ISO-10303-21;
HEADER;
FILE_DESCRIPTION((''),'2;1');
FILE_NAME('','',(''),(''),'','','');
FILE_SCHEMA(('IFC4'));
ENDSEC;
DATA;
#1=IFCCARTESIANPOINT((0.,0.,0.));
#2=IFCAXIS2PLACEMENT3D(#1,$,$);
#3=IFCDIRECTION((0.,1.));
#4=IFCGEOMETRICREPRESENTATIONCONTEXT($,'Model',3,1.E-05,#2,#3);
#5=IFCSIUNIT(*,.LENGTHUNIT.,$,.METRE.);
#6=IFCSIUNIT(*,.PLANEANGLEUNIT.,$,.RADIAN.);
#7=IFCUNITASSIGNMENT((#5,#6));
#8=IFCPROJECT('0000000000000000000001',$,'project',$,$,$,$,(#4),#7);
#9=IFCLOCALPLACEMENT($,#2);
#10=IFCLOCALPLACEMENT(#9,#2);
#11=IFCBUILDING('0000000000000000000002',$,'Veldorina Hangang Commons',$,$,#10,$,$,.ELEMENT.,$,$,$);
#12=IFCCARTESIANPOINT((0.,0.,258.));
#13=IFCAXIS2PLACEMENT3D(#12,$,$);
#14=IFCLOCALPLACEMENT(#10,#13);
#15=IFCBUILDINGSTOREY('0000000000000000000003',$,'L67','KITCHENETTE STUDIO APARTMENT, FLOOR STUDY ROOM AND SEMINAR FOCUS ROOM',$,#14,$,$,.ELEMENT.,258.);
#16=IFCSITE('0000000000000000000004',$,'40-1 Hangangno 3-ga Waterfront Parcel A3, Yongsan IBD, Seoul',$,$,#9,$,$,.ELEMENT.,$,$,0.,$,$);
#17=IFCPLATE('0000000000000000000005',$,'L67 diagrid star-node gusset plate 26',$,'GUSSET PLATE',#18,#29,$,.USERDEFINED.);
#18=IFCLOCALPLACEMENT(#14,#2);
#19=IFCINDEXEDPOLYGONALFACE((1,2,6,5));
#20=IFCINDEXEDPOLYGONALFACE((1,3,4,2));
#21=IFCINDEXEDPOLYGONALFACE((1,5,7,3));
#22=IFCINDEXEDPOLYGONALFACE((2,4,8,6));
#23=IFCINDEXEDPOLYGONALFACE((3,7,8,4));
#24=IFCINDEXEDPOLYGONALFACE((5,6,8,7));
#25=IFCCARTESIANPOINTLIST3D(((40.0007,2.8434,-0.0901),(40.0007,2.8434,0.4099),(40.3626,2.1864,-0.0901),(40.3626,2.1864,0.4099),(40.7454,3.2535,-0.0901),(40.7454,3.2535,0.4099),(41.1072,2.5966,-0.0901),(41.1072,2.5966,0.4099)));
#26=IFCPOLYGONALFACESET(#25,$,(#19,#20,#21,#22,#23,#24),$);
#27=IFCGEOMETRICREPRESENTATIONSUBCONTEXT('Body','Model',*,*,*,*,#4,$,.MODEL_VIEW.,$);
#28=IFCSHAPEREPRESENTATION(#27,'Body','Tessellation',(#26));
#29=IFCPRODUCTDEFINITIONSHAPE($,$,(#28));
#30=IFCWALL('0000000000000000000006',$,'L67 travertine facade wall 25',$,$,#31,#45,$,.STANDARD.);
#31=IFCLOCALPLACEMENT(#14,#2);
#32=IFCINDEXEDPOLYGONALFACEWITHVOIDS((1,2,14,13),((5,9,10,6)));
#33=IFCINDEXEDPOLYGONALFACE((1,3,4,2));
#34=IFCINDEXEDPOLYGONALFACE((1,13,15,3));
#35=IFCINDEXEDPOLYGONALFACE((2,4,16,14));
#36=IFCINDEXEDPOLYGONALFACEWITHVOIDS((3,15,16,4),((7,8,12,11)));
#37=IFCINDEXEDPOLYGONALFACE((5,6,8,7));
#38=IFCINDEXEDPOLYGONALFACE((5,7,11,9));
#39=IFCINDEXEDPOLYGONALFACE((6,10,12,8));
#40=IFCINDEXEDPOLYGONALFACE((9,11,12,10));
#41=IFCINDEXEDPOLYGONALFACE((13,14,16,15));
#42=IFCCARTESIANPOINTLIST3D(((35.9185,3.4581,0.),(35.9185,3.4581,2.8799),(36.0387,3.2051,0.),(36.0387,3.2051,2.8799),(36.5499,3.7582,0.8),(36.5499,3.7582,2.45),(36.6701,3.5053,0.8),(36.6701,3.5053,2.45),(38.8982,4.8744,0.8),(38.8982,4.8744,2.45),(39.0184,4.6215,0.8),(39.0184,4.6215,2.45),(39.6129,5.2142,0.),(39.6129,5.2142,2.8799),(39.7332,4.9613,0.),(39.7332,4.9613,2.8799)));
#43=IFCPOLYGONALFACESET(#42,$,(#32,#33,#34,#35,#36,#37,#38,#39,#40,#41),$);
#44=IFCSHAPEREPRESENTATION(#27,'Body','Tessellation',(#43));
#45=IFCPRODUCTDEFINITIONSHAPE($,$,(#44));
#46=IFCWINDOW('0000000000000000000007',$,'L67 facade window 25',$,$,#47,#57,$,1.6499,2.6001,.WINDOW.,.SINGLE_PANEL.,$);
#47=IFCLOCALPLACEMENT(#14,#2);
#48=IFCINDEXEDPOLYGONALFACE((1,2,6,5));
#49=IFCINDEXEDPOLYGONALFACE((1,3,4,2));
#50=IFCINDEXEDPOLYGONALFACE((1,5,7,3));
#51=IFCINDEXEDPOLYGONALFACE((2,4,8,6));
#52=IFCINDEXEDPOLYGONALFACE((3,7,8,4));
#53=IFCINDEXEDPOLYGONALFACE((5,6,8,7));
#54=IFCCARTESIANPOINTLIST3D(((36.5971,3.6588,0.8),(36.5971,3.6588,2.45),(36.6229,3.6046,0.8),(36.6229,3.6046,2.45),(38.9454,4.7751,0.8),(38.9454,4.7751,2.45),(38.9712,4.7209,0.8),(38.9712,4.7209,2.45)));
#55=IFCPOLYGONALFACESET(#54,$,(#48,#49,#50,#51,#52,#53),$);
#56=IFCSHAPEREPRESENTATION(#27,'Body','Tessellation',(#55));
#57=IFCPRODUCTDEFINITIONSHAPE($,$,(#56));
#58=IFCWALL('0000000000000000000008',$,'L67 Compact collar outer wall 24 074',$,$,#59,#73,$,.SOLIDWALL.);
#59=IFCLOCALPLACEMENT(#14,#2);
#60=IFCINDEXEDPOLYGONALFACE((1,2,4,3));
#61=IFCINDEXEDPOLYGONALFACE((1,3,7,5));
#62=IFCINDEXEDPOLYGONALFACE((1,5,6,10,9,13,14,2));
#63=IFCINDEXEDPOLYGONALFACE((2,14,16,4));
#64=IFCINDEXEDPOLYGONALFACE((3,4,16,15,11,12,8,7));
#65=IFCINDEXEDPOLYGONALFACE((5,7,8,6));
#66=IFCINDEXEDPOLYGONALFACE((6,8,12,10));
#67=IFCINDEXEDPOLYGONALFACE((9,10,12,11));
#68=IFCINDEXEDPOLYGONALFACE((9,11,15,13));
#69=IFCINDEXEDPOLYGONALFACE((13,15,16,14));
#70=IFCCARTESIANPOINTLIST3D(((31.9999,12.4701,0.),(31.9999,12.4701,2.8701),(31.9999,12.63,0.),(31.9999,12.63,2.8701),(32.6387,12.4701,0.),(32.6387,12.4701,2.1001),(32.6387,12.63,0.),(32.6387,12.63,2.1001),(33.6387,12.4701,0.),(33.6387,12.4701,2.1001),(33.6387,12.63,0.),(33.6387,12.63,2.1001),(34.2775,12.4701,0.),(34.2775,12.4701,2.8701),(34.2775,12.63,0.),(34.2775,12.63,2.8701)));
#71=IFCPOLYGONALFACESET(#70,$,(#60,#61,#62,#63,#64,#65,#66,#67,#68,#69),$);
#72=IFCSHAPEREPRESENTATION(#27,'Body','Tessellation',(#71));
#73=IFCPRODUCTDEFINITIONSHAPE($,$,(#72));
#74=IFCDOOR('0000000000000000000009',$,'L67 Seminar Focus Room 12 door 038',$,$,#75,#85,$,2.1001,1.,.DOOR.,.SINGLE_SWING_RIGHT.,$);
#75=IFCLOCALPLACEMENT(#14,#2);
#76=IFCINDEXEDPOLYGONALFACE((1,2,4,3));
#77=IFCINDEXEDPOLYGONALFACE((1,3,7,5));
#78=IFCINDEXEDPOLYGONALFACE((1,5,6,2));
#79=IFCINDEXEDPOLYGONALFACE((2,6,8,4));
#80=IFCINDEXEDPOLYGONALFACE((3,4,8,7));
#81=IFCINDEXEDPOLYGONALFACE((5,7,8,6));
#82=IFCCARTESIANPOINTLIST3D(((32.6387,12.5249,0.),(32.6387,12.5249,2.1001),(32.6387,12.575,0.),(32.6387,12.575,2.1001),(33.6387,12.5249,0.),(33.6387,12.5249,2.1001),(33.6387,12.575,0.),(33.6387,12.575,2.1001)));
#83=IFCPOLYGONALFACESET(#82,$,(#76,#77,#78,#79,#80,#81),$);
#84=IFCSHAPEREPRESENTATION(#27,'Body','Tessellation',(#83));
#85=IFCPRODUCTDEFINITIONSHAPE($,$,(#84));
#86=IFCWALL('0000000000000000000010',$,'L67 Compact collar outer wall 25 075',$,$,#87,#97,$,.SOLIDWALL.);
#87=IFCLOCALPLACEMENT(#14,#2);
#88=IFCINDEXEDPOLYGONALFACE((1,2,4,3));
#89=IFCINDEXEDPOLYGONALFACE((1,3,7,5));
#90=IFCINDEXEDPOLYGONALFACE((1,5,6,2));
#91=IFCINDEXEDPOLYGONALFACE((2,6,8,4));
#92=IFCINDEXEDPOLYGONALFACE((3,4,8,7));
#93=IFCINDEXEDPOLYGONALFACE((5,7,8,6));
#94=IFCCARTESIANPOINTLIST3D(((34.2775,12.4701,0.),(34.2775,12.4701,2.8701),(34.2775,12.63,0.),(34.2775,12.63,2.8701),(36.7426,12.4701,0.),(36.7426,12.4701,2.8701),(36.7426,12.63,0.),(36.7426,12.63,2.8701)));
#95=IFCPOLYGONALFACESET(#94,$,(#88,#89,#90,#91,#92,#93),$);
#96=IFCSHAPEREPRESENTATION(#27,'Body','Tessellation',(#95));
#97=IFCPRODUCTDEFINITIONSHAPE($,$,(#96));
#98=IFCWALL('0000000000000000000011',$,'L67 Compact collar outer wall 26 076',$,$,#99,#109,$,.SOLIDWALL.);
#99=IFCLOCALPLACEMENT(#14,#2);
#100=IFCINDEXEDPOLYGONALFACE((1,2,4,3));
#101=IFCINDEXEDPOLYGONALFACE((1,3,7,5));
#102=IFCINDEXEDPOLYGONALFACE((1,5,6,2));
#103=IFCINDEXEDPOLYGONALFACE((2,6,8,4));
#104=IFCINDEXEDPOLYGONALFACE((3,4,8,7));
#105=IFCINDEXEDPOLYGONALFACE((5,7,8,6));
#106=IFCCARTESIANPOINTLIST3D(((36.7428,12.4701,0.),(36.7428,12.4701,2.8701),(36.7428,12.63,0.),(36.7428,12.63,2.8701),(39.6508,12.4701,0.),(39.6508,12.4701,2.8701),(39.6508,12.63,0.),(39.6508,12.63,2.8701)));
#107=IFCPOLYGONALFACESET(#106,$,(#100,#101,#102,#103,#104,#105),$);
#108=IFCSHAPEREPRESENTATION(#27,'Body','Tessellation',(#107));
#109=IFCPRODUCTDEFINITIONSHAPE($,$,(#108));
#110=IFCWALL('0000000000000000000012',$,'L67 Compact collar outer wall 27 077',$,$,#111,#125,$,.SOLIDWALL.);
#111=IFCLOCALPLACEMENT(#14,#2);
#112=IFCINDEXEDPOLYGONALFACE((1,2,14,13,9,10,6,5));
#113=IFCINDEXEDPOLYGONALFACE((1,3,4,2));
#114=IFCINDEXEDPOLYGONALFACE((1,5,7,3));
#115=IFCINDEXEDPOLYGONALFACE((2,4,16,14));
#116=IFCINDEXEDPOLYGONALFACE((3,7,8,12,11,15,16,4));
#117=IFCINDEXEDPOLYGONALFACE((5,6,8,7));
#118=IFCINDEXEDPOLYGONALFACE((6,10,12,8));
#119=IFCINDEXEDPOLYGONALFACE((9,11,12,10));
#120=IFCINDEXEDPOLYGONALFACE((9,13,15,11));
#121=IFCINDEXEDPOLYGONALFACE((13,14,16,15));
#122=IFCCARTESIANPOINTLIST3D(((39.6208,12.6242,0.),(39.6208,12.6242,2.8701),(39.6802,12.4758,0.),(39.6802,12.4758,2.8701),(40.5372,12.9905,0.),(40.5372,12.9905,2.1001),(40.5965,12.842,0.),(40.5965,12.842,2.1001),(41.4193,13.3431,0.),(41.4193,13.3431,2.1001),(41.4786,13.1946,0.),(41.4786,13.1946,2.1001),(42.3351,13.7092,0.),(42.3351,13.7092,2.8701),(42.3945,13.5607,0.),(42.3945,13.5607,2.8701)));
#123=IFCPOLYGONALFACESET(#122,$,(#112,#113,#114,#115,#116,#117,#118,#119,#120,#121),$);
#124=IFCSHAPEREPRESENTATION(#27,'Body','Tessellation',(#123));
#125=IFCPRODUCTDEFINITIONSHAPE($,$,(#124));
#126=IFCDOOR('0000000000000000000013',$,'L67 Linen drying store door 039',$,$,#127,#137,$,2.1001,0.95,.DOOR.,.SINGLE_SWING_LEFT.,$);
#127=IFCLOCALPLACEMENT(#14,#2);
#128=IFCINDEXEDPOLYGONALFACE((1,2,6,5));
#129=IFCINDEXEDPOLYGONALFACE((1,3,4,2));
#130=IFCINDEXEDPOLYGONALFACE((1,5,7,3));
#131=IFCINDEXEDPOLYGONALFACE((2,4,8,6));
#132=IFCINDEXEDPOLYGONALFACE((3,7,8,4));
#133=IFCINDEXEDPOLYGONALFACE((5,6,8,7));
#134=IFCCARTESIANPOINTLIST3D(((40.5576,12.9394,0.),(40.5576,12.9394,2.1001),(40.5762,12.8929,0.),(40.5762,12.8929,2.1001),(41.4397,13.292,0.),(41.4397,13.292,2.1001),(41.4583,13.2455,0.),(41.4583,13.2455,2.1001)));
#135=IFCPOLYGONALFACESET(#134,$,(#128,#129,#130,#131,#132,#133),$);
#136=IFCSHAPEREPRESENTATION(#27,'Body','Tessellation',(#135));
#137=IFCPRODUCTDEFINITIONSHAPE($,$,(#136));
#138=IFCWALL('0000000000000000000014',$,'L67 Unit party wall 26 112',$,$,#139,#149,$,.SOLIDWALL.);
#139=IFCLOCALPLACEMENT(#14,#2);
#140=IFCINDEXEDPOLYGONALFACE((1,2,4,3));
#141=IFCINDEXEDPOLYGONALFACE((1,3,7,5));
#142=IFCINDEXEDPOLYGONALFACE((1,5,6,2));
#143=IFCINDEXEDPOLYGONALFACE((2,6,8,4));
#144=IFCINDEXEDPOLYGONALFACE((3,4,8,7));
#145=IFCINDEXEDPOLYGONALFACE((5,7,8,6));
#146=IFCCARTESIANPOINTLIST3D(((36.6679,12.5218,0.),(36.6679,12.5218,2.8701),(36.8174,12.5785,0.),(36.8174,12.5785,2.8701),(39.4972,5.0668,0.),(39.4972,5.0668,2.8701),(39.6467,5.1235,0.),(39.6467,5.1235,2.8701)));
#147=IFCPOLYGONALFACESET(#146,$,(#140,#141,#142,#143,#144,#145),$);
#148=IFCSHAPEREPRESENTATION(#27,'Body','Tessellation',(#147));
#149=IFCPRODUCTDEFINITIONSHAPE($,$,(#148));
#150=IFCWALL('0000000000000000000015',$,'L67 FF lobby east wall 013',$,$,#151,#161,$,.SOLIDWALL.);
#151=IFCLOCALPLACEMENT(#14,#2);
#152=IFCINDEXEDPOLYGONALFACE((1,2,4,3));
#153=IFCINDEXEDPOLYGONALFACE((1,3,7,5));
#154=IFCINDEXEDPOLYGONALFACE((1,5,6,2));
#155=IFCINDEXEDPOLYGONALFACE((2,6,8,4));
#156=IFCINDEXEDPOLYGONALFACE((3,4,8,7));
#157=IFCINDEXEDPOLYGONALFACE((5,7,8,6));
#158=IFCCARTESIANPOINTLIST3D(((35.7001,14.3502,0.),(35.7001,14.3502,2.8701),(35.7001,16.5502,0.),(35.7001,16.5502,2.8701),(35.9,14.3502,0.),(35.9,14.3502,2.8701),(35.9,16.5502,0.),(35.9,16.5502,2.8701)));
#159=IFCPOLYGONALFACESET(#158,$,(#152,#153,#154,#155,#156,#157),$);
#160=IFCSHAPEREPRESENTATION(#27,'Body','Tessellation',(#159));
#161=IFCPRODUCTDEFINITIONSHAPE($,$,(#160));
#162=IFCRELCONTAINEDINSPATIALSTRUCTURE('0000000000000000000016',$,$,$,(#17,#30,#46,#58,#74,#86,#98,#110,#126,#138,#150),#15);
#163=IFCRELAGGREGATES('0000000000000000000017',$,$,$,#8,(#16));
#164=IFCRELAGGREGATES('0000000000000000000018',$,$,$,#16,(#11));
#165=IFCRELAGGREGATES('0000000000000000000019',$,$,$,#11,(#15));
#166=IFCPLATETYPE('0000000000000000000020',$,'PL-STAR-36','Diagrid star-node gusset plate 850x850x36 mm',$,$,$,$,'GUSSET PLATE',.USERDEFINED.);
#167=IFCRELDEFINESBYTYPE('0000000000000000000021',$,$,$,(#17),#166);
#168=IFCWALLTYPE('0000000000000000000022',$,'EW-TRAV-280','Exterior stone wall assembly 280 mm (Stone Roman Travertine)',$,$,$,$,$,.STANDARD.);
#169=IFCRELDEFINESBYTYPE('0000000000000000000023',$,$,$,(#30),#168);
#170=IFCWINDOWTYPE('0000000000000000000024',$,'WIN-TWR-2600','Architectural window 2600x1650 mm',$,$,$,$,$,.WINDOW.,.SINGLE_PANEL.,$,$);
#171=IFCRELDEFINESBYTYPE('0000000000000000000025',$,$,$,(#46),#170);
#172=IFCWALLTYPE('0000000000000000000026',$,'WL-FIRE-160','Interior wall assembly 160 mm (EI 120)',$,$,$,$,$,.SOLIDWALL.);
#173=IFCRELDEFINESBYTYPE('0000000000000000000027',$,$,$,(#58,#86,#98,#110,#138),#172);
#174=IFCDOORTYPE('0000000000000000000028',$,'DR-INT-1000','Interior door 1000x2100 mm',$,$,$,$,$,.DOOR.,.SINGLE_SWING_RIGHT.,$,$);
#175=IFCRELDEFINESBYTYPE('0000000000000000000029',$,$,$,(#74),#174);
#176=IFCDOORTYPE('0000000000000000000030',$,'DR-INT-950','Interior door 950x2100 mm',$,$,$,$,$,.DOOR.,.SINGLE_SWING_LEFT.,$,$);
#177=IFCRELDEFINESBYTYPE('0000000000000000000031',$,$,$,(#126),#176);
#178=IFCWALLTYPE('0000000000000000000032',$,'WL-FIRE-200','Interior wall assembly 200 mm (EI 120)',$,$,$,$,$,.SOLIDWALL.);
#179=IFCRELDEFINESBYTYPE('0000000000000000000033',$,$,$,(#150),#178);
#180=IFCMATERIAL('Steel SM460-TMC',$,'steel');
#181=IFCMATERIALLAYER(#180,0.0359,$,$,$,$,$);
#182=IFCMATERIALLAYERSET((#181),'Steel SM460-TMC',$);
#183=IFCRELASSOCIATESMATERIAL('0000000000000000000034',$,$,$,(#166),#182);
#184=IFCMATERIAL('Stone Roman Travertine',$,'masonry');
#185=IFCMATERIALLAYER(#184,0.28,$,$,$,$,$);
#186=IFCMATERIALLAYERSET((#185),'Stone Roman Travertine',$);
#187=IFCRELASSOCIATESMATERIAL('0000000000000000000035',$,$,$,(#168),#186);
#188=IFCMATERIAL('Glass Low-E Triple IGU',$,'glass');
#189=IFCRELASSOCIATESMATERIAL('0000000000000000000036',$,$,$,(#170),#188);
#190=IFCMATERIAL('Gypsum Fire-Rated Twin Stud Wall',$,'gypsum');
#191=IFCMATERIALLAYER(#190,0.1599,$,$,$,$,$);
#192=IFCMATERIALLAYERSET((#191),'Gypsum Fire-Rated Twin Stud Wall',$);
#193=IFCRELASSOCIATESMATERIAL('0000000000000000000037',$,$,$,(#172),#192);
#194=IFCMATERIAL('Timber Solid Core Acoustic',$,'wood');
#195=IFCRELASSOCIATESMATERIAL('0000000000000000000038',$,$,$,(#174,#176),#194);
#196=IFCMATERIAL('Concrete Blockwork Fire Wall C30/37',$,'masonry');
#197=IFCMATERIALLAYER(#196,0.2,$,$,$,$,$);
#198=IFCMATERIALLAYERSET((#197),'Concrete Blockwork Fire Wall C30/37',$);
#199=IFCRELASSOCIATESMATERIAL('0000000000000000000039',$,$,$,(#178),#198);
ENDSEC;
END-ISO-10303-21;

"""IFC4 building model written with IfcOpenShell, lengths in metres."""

from ifc_helpers import new_model, si_unit, direction, frame, frame_2d, origin, origin_2d, place, context, subcontext, project, spatial, rectangle, extrude, material, layer, layer_set, type_object, element, fill, save


model = new_model("IFC4")

# Units and contexts
model_context = context("Model", 3, precision=1e-05, world=origin(), true_north=direction((0.0, 1.0)))
body_context = subcontext(model_context, "Body", "Model", "MODEL_VIEW")
ifc_project = project(units=[si_unit("LENGTHUNIT", "METRE"), si_unit("PLANEANGLEUNIT", "RADIAN")], contexts=[model_context])

# Site, building, storey
site_placement = place(None, origin())
site = spatial("IfcSite", under=ifc_project, at=site_placement, Name="40-1 Hangangno 3-ga Waterfront Parcel A3, Yongsan IBD, Seoul", CompositionType="ELEMENT", RefElevation=0.0)
building_placement = place(site_placement, origin())
building = spatial("IfcBuilding", under=site, at=building_placement, Name="Veldorina Hangang Commons", CompositionType="ELEMENT")
storey_placement = place(building_placement, frame((0.0, 0.0, 258.0)))
storey = spatial("IfcBuildingStorey", under=building, at=storey_placement, Name="L67", Description="KITCHENETTE STUDIO APARTMENT, FLOOR STUDY ROOM AND SEMINAR FOCUS ROOM", CompositionType="ELEMENT", Elevation=258.0)

# Shared definitions
ifc_material_1 = material(Name="Glass Low-E Triple IGU", Category="glass")

# Plate
ifc_material_2 = material(Name="Steel SM460-TMC", Category="steel")
ifc_layer_1 = layer(ifc_material_2, 0.0359)
ifc_layer_set_1 = layer_set([ifc_layer_1], Name="Steel SM460-TMC")
plate_type_1 = type_object("IfcPlateType", Name="PL-STAR-36", Description="Diagrid star-node gusset plate 850x850x36 mm", ElementType="GUSSET PLATE", PredefinedType="USERDEFINED", material=ifc_layer_set_1)
plate_1_placement = place(storey_placement, frame((40.554, 2.72, -0.0901), z_axis=(0.0, 0.0, 1.0), x_axis=(0.875928, 0.482442, 0.0)))
element("IfcPlate", 1, at=plate_1_placement, inside=storey, type_object=plate_type_1, Name="L67 diagrid star-node gusset plate 26", ObjectType="GUSSET PLATE", PredefinedType="USERDEFINED", context=body_context, shape_type="SweptSolid", body=[
    extrude(rectangle(XDim=0.8501, YDim=0.75, at=origin_2d()), origin(), (0.0, 0.0, 1.0), 0.5),
])

# Wall, opening, window
ifc_material_3 = material(Name="Stone Roman Travertine", Category="masonry")
ifc_layer_2 = layer(ifc_material_3, 0.28)
ifc_layer_set_2 = layer_set([ifc_layer_2], Name="Stone Roman Travertine")
wall_type_1 = type_object("IfcWallType", Name="EW-TRAV-280", Description="Exterior stone wall assembly 280 mm (Stone Roman Travertine)", PredefinedType="STANDARD", material=ifc_layer_set_2)
wall_1_placement = place(storey_placement, frame((35.9785, 3.3315, 0.0), z_axis=(0.0, 0.0, 1.0), x_axis=(0.903155, 0.429315, 0.0)))
wall_1 = element("IfcWall", 2, at=wall_1_placement, inside=storey, type_object=wall_type_1, Name="L67 travertine facade wall 25", PredefinedType="STANDARD", context=body_context, shape_type="SweptSolid", body=[
    extrude(rectangle(XDim=4.0906, YDim=0.28, at=frame_2d((2.0454, 0.0))), origin(), (0.0, 0.0, 1.0), 2.8799),
])
opening_1_placement = place(wall_1_placement, frame((0.6992, 0.0, 0.8)))
opening_1 = element("IfcOpeningElement", 3, at=opening_1_placement, cuts=wall_1, PredefinedType="OPENING", context=body_context, shape_type="SweptSolid", body=[
    extrude(rectangle(XDim=2.6001, YDim=1.6499, at=frame_2d((1.3, 0.825))), frame((0.0, 0.1499, 0.0), z_axis=(0.0, -1.0, 0.0), x_axis=(1.0, 0.0, 0.0)), (0.0, 0.0, 1.0), 0.3),
])
window_type = type_object("IfcWindowType", Name="WIN-TWR-2600", Description="Architectural window 2600x1650 mm", PartitioningType="SINGLE_PANEL", PredefinedType="WINDOW", material=ifc_material_1)
window_placement = place(opening_1_placement, origin())
window = element("IfcWindow", 4, at=window_placement, inside=storey, type_object=window_type, Name="L67 facade window 25", OverallHeight=1.6499, OverallWidth=2.6001, PartitioningType="SINGLE_PANEL", PredefinedType="WINDOW", context=body_context, shape_type="SweptSolid", body=[
    extrude(rectangle(XDim=2.6001, YDim=1.6499, at=frame_2d((1.3, 0.825))), frame((0.0, 0.03, 0.0), z_axis=(0.0, -1.0, 0.0), x_axis=(1.0, 0.0, 0.0)), (0.0, 0.0, 1.0), 0.0601),
])
fill(opening_1, window)

# Wall, opening, door
ifc_material_4 = material(Name="Gypsum Fire-Rated Twin Stud Wall", Category="gypsum")
ifc_layer_3 = layer(ifc_material_4, 0.1599)
ifc_layer_set_3 = layer_set([ifc_layer_3], Name="Gypsum Fire-Rated Twin Stud Wall")
wall_type_2 = type_object("IfcWallType", Name="WL-FIRE-160", Description="Interior wall assembly 160 mm (EI 120)", PredefinedType="SOLIDWALL", material=ifc_layer_set_3)
wall_2_placement = place(storey_placement, frame((32.0, 12.55, 0.0), z_axis=(0.0, 0.0, 1.0), x_axis=(1.0, 0.0, 0.0)))
wall_2 = element("IfcWall", 5, at=wall_2_placement, inside=storey, type_object=wall_type_2, Name="L67 Compact collar outer wall 24 074", PredefinedType="SOLIDWALL", context=body_context, shape_type="SweptSolid", body=[
    extrude(rectangle(XDim=2.2776, YDim=0.1599, at=frame_2d((1.1387, 0.0))), origin(), (0.0, 0.0, 1.0), 2.8701),
])
opening_2_placement = place(wall_2_placement, frame((0.6387, 0.0, 0.0)))
opening_2 = element("IfcOpeningElement", 6, at=opening_2_placement, cuts=wall_2, PredefinedType="OPENING", context=body_context, shape_type="SweptSolid", body=[
    extrude(rectangle(XDim=1.0, YDim=2.1001, at=frame_2d((0.5, 1.05))), frame((0.0, 0.0898, 0.0), z_axis=(0.0, -1.0, 0.0), x_axis=(1.0, 0.0, 0.0)), (0.0, 0.0, 1.0), 0.1799),
])
ifc_material_5 = material(Name="Timber Solid Core Acoustic", Category="wood")
door_type_1 = type_object("IfcDoorType", Name="DR-INT-1000", Description="Interior door 1000x2100 mm", OperationType="SINGLE_SWING_RIGHT", PredefinedType="DOOR", material=ifc_material_5)
door_1_placement = place(opening_2_placement, origin())
door_1 = element("IfcDoor", 7, at=door_1_placement, inside=storey, type_object=door_type_1, Name="L67 Seminar Focus Room 12 door 038", OperationType="SINGLE_SWING_RIGHT", OverallHeight=2.1001, OverallWidth=1.0, PredefinedType="DOOR", context=body_context, shape_type="SweptSolid", body=[
    extrude(rectangle(XDim=1.0, YDim=2.1001, at=frame_2d((0.5, 1.05))), frame((0.0, 0.0249, 0.0), z_axis=(0.0, -1.0, 0.0), x_axis=(1.0, 0.0, 0.0)), (0.0, 0.0, 1.0), 0.05),
])
fill(opening_2, door_1)

# Walls
wall_3_placement = place(storey_placement, frame((34.2776, 12.55, 0.0), z_axis=(0.0, 0.0, 1.0), x_axis=(1.0, 0.0, 0.0)))
element("IfcWall", 8, at=wall_3_placement, inside=storey, type_object=wall_type_2, Name="L67 Compact collar outer wall 25 075", PredefinedType="SOLIDWALL", context=body_context, shape_type="SweptSolid", body=[
    extrude(rectangle(XDim=2.4651, YDim=0.1599, at=frame_2d((1.2324, 0.0))), origin(), (0.0, 0.0, 1.0), 2.8701),
])
wall_4_placement = place(storey_placement, frame((36.7427, 12.55, 0.0), z_axis=(0.0, 0.0, 1.0), x_axis=(1.0, 0.0, 0.0)))
element("IfcWall", 9, at=wall_4_placement, inside=storey, type_object=wall_type_2, Name="L67 Compact collar outer wall 26 076", PredefinedType="SOLIDWALL", context=body_context, shape_type="SweptSolid", body=[
    extrude(rectangle(XDim=2.908, YDim=0.1599, at=frame_2d((1.4541, 0.0))), origin(), (0.0, 0.0, 1.0), 2.8701),
])

# Wall, opening, door
wall_5_placement = place(storey_placement, frame((39.6506, 12.55, 0.0), z_axis=(0.0, 0.0, 1.0), x_axis=(0.928569, 0.37116, 0.0)))
wall_5 = element("IfcWall", 10, at=wall_5_placement, inside=storey, type_object=wall_type_2, Name="L67 Compact collar outer wall 27 077", PredefinedType="SOLIDWALL", context=body_context, shape_type="SweptSolid", body=[
    extrude(rectangle(XDim=2.9231, YDim=0.1599, at=frame_2d((1.4614, 0.0))), origin(), (0.0, 0.0, 1.0), 2.8701),
])
opening_3_placement = place(wall_5_placement, frame((0.9866, 0.0, 0.0)))
opening_3 = element("IfcOpeningElement", 11, at=opening_3_placement, cuts=wall_5, PredefinedType="OPENING", context=body_context, shape_type="SweptSolid", body=[
    extrude(rectangle(XDim=0.95, YDim=2.1001, at=frame_2d((0.4751, 1.05))), frame((0.0, 0.0898, 0.0), z_axis=(0.0, -1.0, 0.0), x_axis=(1.0, 0.0, 0.0)), (0.0, 0.0, 1.0), 0.1799),
])
door_type_2 = type_object("IfcDoorType", Name="DR-INT-950", Description="Interior door 950x2100 mm", OperationType="SINGLE_SWING_LEFT", PredefinedType="DOOR", material=ifc_material_5)
door_2_placement = place(opening_3_placement, origin())
door_2 = element("IfcDoor", 12, at=door_2_placement, inside=storey, type_object=door_type_2, Name="L67 Linen drying store door 039", OperationType="SINGLE_SWING_LEFT", OverallHeight=2.1001, OverallWidth=0.95, PredefinedType="DOOR", context=body_context, shape_type="SweptSolid", body=[
    extrude(rectangle(XDim=0.95, YDim=2.1001, at=frame_2d((0.4751, 1.05))), frame((0.0, 0.0249, 0.0), z_axis=(0.0, -1.0, 0.0), x_axis=(1.0, 0.0, 0.0)), (0.0, 0.0, 1.0), 0.05),
])
fill(opening_3, door_2)

# Walls
wall_6_placement = place(storey_placement, frame((36.7427, 12.55, 0.0), z_axis=(0.0, 0.0, 1.0), x_axis=(0.354825, -0.934933, 0.0)))
element("IfcWall", 13, at=wall_6_placement, inside=storey, type_object=wall_type_2, Name="L67 Unit party wall 26 112", PredefinedType="SOLIDWALL", context=body_context, shape_type="SweptSolid", body=[
    extrude(rectangle(XDim=7.9739, YDim=0.1599, at=frame_2d((3.9868, 0.0))), origin(), (0.0, 0.0, 1.0), 2.8701),
])
ifc_material_6 = material(Name="Concrete Blockwork Fire Wall C30/37", Category="masonry")
ifc_layer_4 = layer(ifc_material_6, 0.2)
ifc_layer_set_4 = layer_set([ifc_layer_4], Name="Concrete Blockwork Fire Wall C30/37")
wall_type_3 = type_object("IfcWallType", Name="WL-FIRE-200", Description="Interior wall assembly 200 mm (EI 120)", PredefinedType="SOLIDWALL", material=ifc_layer_set_4)
wall_7_placement = place(storey_placement, frame((35.8, 14.3501, 0.0), z_axis=(0.0, 0.0, 1.0), x_axis=(0.0, 1.0, 0.0)))
element("IfcWall", 14, at=wall_7_placement, inside=storey, type_object=wall_type_3, Name="L67 FF lobby east wall 013", PredefinedType="SOLIDWALL", context=body_context, shape_type="SweptSolid", body=[
    extrude(rectangle(XDim=2.2, YDim=0.2, at=frame_2d((1.1001, 0.0))), origin(), (0.0, 0.0, 1.0), 2.8701),
])

save(model, "model.ifc")
